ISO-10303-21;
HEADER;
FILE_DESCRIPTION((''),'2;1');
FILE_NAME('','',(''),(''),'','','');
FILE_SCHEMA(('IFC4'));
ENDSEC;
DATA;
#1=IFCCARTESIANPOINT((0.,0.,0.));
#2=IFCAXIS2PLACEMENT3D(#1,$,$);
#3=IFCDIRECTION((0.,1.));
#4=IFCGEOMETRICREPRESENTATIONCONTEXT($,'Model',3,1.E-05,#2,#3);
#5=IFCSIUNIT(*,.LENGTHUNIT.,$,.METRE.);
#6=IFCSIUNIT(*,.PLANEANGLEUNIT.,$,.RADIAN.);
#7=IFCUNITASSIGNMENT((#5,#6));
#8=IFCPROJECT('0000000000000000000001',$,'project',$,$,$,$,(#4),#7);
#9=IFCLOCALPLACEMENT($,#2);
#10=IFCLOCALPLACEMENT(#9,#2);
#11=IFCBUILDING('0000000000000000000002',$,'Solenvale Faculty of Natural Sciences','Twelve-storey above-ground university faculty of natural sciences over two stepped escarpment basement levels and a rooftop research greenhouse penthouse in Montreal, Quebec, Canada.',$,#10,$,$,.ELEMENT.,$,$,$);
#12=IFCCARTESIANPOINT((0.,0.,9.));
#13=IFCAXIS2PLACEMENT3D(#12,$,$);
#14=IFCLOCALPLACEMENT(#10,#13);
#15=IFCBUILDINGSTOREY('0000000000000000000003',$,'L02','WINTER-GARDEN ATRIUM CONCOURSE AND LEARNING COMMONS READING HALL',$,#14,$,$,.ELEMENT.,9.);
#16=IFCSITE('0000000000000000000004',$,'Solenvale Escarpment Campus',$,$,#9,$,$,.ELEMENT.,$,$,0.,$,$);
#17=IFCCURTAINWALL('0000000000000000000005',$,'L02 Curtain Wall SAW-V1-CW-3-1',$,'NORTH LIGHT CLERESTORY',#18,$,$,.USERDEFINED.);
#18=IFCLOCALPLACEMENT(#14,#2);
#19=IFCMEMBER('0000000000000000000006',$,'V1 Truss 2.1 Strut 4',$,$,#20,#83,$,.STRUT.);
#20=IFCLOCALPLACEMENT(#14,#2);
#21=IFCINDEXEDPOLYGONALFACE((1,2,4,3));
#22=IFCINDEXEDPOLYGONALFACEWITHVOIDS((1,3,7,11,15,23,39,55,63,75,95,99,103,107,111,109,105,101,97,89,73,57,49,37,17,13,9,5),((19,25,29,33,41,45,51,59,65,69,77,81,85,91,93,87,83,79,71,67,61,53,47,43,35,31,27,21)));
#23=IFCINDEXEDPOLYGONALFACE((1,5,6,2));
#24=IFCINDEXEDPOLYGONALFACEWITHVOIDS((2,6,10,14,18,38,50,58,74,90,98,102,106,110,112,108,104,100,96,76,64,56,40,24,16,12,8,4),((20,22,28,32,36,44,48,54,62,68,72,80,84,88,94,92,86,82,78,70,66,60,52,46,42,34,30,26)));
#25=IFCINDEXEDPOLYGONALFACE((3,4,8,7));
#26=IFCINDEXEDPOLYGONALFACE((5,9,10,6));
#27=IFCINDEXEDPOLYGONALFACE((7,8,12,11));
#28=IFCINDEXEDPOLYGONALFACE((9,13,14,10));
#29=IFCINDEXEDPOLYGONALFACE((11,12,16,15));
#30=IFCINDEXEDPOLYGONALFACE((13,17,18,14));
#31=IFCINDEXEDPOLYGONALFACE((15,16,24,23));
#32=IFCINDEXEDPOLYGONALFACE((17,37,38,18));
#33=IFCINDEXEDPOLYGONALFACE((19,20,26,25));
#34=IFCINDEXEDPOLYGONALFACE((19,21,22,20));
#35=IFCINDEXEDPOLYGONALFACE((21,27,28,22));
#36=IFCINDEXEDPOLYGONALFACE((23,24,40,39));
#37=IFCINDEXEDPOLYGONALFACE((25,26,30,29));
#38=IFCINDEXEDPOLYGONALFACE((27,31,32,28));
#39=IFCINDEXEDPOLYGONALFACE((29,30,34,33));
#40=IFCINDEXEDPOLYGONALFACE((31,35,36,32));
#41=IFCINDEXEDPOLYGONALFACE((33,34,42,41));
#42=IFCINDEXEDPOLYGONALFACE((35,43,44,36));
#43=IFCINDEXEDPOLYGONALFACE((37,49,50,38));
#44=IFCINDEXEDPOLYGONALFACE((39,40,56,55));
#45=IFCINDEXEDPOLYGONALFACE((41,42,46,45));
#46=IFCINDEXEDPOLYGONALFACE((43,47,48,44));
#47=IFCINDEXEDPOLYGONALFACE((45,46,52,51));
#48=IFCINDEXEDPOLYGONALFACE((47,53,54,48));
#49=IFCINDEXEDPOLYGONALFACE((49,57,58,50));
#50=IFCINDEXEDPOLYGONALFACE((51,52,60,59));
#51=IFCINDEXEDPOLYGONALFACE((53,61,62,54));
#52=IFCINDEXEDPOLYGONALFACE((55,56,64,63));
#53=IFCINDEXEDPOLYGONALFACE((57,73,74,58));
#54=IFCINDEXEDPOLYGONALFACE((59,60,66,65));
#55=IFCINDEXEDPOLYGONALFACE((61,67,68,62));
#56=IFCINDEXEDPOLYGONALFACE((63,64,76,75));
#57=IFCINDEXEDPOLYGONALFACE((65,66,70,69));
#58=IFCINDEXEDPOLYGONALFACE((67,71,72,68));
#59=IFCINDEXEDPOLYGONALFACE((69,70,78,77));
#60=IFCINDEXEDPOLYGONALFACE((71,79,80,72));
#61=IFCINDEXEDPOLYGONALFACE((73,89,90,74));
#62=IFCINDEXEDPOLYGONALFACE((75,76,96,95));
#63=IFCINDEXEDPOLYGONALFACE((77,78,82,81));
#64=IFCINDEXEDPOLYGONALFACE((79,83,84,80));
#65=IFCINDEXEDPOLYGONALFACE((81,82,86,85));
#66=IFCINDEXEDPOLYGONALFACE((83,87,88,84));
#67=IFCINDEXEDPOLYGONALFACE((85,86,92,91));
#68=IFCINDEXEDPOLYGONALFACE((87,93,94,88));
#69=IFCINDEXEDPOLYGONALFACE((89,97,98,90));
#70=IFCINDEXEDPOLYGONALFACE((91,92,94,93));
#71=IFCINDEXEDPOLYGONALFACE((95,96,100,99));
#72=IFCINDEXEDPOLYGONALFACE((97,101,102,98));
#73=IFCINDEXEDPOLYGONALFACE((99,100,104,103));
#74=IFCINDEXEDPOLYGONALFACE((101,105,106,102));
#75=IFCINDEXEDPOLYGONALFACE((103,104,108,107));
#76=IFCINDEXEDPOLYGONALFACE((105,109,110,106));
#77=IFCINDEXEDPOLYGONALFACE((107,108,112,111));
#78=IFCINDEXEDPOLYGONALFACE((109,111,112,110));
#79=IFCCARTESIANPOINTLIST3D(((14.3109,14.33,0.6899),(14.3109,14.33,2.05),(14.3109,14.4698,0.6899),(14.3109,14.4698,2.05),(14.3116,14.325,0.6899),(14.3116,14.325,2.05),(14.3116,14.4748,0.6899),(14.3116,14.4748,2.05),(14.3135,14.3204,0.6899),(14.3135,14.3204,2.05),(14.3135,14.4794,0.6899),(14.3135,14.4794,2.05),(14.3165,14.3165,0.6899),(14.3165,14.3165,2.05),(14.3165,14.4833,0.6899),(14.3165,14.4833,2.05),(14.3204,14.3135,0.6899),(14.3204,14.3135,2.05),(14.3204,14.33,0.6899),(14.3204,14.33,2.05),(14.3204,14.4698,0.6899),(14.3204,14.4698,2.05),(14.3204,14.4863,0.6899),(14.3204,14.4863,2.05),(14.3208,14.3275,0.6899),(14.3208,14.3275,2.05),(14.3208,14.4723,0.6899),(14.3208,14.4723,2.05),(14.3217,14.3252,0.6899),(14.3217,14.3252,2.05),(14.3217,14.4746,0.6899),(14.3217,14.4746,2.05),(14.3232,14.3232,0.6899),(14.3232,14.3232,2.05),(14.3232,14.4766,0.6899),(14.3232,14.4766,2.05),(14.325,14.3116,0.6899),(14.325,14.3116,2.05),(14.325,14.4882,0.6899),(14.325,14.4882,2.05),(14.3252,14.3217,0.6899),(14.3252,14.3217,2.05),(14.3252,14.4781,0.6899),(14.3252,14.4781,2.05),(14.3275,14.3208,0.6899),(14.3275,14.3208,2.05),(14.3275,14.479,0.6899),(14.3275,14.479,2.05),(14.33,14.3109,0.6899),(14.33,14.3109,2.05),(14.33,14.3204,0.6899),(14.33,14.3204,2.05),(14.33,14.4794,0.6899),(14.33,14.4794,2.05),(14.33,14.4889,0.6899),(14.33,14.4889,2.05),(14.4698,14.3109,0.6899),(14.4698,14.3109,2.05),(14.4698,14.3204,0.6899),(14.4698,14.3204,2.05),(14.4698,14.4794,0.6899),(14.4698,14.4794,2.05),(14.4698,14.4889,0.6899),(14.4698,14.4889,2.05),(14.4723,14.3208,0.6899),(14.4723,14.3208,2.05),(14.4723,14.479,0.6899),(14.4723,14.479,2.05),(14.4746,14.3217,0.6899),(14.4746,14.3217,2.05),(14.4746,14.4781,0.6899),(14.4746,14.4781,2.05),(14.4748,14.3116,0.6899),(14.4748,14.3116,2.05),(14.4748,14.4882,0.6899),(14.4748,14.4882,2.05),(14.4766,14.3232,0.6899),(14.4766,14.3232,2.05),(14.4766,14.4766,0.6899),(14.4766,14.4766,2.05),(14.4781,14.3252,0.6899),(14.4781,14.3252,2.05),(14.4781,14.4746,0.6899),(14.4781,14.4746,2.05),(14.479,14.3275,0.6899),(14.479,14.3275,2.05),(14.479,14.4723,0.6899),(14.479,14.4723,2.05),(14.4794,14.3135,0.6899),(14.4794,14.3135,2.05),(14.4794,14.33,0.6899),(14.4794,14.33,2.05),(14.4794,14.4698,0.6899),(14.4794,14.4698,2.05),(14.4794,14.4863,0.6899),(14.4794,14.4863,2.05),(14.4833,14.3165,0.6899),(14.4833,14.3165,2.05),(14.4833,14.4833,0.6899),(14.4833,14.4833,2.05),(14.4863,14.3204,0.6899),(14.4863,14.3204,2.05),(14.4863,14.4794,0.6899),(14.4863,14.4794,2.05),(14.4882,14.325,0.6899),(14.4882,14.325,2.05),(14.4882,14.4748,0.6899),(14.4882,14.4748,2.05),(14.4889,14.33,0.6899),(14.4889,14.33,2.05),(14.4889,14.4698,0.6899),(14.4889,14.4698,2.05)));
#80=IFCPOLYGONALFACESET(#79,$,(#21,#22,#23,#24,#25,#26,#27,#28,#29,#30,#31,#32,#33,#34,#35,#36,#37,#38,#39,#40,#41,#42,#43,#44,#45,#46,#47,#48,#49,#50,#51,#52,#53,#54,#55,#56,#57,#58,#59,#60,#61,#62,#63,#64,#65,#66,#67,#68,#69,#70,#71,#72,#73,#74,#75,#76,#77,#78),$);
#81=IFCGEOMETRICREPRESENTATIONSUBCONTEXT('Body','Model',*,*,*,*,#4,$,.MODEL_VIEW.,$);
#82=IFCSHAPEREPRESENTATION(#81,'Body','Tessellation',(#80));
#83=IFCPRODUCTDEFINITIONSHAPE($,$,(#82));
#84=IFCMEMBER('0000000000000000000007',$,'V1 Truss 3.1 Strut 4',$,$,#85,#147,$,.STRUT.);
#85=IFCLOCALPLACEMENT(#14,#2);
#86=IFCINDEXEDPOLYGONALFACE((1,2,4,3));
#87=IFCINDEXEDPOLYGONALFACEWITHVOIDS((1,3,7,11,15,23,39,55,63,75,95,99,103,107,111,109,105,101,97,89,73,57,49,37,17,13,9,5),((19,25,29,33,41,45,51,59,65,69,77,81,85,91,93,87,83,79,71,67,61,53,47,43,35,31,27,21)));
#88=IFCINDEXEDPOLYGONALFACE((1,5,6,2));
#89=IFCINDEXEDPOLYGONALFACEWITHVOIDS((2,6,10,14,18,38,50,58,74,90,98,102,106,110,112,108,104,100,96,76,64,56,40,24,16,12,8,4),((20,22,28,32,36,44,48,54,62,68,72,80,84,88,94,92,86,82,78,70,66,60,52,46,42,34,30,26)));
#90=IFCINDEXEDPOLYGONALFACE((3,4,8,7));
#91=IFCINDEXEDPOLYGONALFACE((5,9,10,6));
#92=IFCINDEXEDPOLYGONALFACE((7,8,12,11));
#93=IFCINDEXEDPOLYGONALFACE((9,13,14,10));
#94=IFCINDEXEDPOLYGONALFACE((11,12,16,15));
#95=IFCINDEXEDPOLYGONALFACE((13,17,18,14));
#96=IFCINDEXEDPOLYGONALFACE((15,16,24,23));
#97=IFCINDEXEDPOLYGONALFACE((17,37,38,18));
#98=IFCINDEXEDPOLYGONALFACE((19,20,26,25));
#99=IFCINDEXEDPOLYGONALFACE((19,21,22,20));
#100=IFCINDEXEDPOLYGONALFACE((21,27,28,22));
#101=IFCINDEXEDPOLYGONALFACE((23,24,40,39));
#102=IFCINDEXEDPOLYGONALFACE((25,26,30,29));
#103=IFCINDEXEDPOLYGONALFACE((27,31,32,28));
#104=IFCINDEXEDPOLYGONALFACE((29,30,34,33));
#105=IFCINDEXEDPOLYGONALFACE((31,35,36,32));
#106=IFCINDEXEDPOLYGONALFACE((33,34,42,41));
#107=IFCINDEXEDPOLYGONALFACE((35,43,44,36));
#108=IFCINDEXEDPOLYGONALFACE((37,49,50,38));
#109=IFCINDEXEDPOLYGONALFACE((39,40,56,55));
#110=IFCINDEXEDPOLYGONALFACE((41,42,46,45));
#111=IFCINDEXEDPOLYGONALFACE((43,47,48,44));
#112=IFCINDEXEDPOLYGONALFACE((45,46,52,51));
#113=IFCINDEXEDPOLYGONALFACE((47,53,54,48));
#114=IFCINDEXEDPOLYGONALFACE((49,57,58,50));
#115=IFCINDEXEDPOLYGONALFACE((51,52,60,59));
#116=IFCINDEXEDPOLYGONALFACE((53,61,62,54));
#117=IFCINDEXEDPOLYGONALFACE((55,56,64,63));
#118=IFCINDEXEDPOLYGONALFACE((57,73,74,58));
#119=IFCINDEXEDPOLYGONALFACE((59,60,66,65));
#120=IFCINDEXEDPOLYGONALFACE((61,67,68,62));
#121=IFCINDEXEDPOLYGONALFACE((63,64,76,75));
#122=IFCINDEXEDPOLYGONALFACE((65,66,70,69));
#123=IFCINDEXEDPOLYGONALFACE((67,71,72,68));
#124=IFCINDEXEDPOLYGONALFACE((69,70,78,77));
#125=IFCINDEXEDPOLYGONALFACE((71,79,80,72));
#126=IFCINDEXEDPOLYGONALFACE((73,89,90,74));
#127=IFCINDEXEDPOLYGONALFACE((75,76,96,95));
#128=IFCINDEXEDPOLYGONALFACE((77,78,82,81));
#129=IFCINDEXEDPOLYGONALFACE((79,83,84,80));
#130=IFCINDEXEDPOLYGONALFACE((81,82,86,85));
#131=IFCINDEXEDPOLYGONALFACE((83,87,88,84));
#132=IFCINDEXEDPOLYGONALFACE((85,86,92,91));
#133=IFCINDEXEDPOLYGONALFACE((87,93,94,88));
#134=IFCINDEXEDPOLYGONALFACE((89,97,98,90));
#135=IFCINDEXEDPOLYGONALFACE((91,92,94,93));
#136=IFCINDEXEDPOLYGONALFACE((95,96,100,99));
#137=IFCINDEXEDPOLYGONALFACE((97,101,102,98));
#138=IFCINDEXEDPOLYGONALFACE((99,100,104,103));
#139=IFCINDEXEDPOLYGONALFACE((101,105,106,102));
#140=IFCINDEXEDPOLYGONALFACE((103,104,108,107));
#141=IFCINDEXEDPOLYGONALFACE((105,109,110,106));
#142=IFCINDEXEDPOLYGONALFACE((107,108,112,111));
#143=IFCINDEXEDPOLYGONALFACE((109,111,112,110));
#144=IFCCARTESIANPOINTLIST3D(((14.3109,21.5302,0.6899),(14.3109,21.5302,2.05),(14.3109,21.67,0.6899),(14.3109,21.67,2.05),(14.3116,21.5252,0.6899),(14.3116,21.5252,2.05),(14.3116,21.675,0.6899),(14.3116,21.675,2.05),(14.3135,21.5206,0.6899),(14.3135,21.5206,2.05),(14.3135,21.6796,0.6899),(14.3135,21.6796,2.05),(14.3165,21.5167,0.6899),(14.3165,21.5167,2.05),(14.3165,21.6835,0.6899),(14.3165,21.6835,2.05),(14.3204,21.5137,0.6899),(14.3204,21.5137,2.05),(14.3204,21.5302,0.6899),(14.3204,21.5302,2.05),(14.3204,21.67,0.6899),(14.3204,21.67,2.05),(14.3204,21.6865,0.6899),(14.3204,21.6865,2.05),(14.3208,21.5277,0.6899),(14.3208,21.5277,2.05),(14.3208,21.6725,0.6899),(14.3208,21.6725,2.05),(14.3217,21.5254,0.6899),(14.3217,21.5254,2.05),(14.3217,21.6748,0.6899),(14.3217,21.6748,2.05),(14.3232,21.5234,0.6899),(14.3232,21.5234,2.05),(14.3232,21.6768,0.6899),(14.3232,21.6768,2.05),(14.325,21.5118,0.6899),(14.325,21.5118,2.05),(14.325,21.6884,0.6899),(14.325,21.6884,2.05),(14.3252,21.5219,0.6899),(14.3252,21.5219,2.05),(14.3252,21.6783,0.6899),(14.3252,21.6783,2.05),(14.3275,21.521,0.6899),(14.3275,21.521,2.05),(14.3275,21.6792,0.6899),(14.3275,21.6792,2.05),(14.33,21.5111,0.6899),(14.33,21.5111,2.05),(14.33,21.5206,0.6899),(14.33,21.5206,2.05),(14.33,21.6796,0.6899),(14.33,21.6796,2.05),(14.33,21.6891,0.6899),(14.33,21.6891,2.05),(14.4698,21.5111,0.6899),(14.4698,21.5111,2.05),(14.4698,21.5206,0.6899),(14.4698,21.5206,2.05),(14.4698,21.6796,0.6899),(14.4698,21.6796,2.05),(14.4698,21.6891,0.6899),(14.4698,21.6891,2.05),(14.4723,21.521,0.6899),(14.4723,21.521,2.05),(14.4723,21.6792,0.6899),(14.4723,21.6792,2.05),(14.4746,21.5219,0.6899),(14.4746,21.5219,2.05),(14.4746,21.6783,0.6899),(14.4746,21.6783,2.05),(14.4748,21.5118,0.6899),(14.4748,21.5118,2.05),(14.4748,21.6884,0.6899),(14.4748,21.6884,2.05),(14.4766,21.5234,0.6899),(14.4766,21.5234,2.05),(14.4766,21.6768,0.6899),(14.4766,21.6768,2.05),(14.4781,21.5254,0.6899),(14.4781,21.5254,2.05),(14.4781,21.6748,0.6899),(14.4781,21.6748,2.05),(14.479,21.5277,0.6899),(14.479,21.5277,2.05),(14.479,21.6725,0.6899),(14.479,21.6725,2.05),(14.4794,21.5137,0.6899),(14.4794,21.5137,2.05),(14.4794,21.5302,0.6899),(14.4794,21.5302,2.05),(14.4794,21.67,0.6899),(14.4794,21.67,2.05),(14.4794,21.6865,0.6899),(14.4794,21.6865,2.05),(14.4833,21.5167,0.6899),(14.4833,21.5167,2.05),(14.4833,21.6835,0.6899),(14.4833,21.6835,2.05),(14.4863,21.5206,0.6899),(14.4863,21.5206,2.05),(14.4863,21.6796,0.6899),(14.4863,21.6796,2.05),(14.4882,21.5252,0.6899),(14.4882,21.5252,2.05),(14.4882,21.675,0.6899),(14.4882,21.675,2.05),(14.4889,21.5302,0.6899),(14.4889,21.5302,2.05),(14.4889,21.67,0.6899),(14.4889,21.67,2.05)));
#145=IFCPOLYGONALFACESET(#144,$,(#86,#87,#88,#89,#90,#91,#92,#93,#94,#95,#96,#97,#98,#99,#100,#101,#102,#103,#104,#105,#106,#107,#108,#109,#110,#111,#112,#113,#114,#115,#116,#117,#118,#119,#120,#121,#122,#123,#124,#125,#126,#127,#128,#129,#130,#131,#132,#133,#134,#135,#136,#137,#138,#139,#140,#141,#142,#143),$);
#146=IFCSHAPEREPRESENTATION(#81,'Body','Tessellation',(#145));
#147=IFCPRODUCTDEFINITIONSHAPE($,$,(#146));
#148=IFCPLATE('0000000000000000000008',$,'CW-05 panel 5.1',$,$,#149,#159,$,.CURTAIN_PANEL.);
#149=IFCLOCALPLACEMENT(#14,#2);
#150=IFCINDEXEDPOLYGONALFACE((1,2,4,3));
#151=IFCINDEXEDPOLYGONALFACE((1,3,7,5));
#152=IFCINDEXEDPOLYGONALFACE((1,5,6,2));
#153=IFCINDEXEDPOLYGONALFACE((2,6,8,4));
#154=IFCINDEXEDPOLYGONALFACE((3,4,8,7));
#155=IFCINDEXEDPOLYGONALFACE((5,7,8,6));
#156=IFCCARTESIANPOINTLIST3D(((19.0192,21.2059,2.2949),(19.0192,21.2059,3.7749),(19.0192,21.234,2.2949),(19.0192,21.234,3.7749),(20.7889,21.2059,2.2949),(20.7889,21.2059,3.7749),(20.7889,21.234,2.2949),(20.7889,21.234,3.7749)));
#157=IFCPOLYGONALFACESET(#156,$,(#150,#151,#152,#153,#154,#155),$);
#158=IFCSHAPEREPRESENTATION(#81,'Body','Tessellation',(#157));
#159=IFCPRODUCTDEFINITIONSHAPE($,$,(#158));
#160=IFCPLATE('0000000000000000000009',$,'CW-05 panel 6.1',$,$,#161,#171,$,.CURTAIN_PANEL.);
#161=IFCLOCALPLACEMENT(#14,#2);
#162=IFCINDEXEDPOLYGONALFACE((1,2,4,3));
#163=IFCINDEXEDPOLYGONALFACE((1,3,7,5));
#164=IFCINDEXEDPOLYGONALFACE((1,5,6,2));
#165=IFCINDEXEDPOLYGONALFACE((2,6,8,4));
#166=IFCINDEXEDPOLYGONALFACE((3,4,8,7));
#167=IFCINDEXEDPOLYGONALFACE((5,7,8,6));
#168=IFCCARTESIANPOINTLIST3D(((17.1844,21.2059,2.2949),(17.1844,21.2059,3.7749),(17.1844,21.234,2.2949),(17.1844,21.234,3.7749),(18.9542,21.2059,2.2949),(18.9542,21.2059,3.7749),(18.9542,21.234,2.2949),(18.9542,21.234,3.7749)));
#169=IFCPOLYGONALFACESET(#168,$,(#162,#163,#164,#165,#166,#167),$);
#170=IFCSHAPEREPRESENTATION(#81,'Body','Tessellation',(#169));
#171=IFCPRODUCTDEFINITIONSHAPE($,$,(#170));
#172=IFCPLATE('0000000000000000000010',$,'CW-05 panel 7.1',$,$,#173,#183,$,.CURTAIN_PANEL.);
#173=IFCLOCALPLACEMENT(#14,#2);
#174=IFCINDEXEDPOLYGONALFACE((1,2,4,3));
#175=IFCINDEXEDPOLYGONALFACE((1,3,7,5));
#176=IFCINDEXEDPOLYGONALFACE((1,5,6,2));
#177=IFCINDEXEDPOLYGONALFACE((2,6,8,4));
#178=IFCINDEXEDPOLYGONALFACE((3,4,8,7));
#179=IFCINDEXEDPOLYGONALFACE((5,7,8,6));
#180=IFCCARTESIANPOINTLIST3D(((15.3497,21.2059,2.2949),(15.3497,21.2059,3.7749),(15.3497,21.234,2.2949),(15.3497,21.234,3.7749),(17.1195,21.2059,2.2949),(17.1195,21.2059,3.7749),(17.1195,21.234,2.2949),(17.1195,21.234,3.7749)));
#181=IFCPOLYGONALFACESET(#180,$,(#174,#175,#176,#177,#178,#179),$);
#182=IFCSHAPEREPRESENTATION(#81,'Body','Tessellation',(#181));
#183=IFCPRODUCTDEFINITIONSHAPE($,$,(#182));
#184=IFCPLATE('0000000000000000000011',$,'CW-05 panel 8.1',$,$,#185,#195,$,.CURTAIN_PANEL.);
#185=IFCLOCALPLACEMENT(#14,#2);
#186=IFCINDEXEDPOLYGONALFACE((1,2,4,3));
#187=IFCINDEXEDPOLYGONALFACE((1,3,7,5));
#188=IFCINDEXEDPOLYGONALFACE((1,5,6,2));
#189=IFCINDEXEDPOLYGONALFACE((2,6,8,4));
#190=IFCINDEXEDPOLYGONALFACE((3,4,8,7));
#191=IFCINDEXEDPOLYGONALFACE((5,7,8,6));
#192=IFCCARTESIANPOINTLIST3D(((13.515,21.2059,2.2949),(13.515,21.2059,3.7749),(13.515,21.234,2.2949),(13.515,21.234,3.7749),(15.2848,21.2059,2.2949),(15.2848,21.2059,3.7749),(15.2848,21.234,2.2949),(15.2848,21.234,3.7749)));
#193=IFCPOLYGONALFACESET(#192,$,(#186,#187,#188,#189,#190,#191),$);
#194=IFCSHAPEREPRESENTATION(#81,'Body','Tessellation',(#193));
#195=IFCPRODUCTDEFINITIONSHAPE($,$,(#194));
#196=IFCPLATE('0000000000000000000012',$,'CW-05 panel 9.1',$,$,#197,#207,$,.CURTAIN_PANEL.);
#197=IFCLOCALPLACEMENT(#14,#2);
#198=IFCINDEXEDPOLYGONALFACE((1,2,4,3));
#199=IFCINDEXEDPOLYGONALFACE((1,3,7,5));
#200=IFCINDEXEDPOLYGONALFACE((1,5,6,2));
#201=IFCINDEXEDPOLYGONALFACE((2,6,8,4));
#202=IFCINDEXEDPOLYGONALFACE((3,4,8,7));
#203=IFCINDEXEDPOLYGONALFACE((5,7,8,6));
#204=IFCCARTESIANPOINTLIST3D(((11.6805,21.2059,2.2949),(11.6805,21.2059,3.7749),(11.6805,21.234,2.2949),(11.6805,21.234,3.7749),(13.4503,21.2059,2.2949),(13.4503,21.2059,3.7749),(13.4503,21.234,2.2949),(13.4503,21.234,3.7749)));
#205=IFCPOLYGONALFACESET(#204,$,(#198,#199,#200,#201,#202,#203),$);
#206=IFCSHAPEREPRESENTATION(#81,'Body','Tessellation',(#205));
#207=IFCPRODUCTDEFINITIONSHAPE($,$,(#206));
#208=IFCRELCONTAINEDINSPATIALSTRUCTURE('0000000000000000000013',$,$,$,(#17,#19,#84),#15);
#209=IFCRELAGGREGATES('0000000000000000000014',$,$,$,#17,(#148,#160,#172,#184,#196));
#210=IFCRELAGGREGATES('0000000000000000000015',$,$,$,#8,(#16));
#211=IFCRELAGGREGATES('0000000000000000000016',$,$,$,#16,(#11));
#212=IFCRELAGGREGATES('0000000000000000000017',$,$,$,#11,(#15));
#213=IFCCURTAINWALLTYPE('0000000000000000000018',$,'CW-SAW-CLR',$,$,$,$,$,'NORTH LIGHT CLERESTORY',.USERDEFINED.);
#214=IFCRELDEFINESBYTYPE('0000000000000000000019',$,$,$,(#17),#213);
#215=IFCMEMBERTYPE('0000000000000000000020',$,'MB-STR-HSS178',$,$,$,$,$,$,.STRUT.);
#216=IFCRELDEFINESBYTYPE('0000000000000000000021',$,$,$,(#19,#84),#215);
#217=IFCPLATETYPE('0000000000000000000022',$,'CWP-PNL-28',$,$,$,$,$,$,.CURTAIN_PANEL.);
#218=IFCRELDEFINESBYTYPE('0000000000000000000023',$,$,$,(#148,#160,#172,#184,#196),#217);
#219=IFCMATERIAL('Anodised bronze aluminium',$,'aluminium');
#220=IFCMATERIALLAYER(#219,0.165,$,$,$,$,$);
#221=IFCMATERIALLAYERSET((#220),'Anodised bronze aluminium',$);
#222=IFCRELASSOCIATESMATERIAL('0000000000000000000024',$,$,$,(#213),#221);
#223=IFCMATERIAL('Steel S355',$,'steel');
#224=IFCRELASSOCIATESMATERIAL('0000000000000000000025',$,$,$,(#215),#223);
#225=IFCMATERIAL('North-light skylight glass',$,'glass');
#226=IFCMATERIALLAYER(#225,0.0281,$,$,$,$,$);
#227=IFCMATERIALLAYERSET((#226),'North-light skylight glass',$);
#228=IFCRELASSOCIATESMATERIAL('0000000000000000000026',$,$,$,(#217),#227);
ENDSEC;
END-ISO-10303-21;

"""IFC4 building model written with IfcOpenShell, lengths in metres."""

from ifc_helpers import new_model, si_unit, direction, frame, origin, origin_2d, place, context, subcontext, project, spatial, rectangle, hollow_rectangle, extrude, material, layer, layer_set, material_profile, profile_set, type_object, element, aggregate, save


model = new_model("IFC4")

# Units and contexts
model_context = context("Model", 3, precision=1e-05, world=origin(), true_north=direction((0.0, 1.0)))
body_context = subcontext(model_context, "Body", "Model", "MODEL_VIEW")
ifc_project = project(units=[si_unit("LENGTHUNIT", "METRE"), si_unit("PLANEANGLEUNIT", "RADIAN")], contexts=[model_context])

# Site, building, storey
site_placement = place(None, origin())
site = spatial("IfcSite", under=ifc_project, at=site_placement, Name="Solenvale Escarpment Campus", CompositionType="ELEMENT", RefElevation=0.0)
building_placement = place(site_placement, origin())
building = spatial("IfcBuilding", under=site, at=building_placement, Name="Solenvale Faculty of Natural Sciences", Description="Twelve-storey above-ground university faculty of natural sciences over two stepped escarpment basement levels and a rooftop research greenhouse penthouse in Montreal, Quebec, Canada.", CompositionType="ELEMENT")
storey_placement = place(building_placement, frame((0.0, 0.0, 9.0)))
storey = spatial("IfcBuildingStorey", under=building, at=storey_placement, Name="L02", Description="WINTER-GARDEN ATRIUM CONCOURSE AND LEARNING COMMONS READING HALL", CompositionType="ELEMENT", Elevation=9.0)

# Curtain wall
ifc_material_1 = material(Name="Anodised bronze aluminium", Category="aluminium")
ifc_layer_1 = layer(ifc_material_1, 0.165)
ifc_layer_set_1 = layer_set([ifc_layer_1], Name="Anodised bronze aluminium")
curtain_wall_type = type_object("IfcCurtainWallType", Name="CW-SAW-CLR", ElementType="NORTH LIGHT CLERESTORY", PredefinedType="USERDEFINED", material=ifc_layer_set_1)
curtain_wall_placement = place(storey_placement, origin())
curtain_wall = element("IfcCurtainWall", 1, at=curtain_wall_placement, inside=storey, type_object=curtain_wall_type, Name="L02 Curtain Wall SAW-V1-CW-3-1", ObjectType="NORTH LIGHT CLERESTORY", PredefinedType="USERDEFINED")

# Members
ifc_material_2 = material(Name="Steel S355", Category="steel")
ifc_material_profile_1 = material_profile(ifc_material_2, hollow_rectangle(XDim=0.178, YDim=0.178, WallThickness=0.0095, InnerFilletRadius=0.0095, OuterFilletRadius=0.019, at=origin_2d()), Name="HSS178x178x9.5")
ifc_profile_set_1 = profile_set([ifc_material_profile_1], Name="Steel S355")
member_type_1 = type_object("IfcMemberType", Name="MB-STR-HSS178", PredefinedType="STRUT", material=ifc_profile_set_1)
for number, where, z_axis, x_axis, name in (
    (2, (14.3999, 14.3999, 0.6899), (0.0, 0.0, 1.0), (1.0, 0.0, 0.0), "V1 Truss 2.1 Strut 4"),
    (3, (14.3999, 21.6001, 0.6899), (0.0, 0.0, 1.0), (1.0, 0.0, 0.0), "V1 Truss 3.1 Strut 4"),
):
    element("IfcMember", number, at=place(storey_placement, frame(where, z_axis=z_axis, x_axis=x_axis)), inside=storey, type_object=member_type_1, Name=name, PredefinedType="STRUT", context=body_context, shape_type="SweptSolid", body=[
        extrude(hollow_rectangle(XDim=0.178, YDim=0.178, WallThickness=0.0095, InnerFilletRadius=0.0095, OuterFilletRadius=0.019, at=origin_2d()), origin(), (0.0, 0.0, 1.0), 1.3601),
    ])

# Plates
ifc_material_3 = material(Name="North-light skylight glass", Category="glass")
ifc_layer_2 = layer(ifc_material_3, 0.0281)
ifc_layer_set_2 = layer_set([ifc_layer_2], Name="North-light skylight glass")
plate_type_1 = type_object("IfcPlateType", Name="CWP-PNL-28", PredefinedType="CURTAIN_PANEL", material=ifc_layer_set_2)
plate_1_placement = place(storey_placement, frame((19.9041, 21.22, 2.2949), z_axis=(0.0, 0.0, 1.0), x_axis=(-1.0, 0.0, 0.0)))
plate_1 = element("IfcPlate", 4, at=plate_1_placement, type_object=plate_type_1, Name="CW-05 panel 5.1", PredefinedType="CURTAIN_PANEL", context=body_context, shape_type="SweptSolid", body=[
    extrude(rectangle(XDim=1.7698, YDim=0.0281, at=origin_2d()), origin(), (0.0, 0.0, 1.0), 1.48),
])
plate_2_placement = place(storey_placement, frame((18.0693, 21.22, 2.2949), z_axis=(0.0, 0.0, 1.0), x_axis=(-1.0, 0.0, 0.0)))
plate_2 = element("IfcPlate", 5, at=plate_2_placement, type_object=plate_type_1, Name="CW-05 panel 6.1", PredefinedType="CURTAIN_PANEL", context=body_context, shape_type="SweptSolid", body=[
    extrude(rectangle(XDim=1.7698, YDim=0.0281, at=origin_2d()), origin(), (0.0, 0.0, 1.0), 1.48),
])
plate_3_placement = place(storey_placement, frame((16.2346, 21.22, 2.2949), z_axis=(0.0, 0.0, 1.0), x_axis=(-1.0, 0.0, 0.0)))
plate_3 = element("IfcPlate", 6, at=plate_3_placement, type_object=plate_type_1, Name="CW-05 panel 7.1", PredefinedType="CURTAIN_PANEL", context=body_context, shape_type="SweptSolid", body=[
    extrude(rectangle(XDim=1.7698, YDim=0.0281, at=origin_2d()), origin(), (0.0, 0.0, 1.0), 1.48),
])
plate_4_placement = place(storey_placement, frame((14.3999, 21.22, 2.2949), z_axis=(0.0, 0.0, 1.0), x_axis=(-1.0, 0.0, 0.0)))
plate_4 = element("IfcPlate", 7, at=plate_4_placement, type_object=plate_type_1, Name="CW-05 panel 8.1", PredefinedType="CURTAIN_PANEL", context=body_context, shape_type="SweptSolid", body=[
    extrude(rectangle(XDim=1.7698, YDim=0.0281, at=origin_2d()), origin(), (0.0, 0.0, 1.0), 1.48),
])
plate_5_placement = place(storey_placement, frame((12.5654, 21.22, 2.2949), z_axis=(0.0, 0.0, 1.0), x_axis=(-1.0, 0.0, 0.0)))
plate_5 = element("IfcPlate", 8, at=plate_5_placement, type_object=plate_type_1, Name="CW-05 panel 9.1", PredefinedType="CURTAIN_PANEL", context=body_context, shape_type="SweptSolid", body=[
    extrude(rectangle(XDim=1.7698, YDim=0.0281, at=origin_2d()), origin(), (0.0, 0.0, 1.0), 1.48),
])
aggregate(curtain_wall, [plate_1, plate_2, plate_3, plate_4, plate_5])

save(model, "model.ifc")
